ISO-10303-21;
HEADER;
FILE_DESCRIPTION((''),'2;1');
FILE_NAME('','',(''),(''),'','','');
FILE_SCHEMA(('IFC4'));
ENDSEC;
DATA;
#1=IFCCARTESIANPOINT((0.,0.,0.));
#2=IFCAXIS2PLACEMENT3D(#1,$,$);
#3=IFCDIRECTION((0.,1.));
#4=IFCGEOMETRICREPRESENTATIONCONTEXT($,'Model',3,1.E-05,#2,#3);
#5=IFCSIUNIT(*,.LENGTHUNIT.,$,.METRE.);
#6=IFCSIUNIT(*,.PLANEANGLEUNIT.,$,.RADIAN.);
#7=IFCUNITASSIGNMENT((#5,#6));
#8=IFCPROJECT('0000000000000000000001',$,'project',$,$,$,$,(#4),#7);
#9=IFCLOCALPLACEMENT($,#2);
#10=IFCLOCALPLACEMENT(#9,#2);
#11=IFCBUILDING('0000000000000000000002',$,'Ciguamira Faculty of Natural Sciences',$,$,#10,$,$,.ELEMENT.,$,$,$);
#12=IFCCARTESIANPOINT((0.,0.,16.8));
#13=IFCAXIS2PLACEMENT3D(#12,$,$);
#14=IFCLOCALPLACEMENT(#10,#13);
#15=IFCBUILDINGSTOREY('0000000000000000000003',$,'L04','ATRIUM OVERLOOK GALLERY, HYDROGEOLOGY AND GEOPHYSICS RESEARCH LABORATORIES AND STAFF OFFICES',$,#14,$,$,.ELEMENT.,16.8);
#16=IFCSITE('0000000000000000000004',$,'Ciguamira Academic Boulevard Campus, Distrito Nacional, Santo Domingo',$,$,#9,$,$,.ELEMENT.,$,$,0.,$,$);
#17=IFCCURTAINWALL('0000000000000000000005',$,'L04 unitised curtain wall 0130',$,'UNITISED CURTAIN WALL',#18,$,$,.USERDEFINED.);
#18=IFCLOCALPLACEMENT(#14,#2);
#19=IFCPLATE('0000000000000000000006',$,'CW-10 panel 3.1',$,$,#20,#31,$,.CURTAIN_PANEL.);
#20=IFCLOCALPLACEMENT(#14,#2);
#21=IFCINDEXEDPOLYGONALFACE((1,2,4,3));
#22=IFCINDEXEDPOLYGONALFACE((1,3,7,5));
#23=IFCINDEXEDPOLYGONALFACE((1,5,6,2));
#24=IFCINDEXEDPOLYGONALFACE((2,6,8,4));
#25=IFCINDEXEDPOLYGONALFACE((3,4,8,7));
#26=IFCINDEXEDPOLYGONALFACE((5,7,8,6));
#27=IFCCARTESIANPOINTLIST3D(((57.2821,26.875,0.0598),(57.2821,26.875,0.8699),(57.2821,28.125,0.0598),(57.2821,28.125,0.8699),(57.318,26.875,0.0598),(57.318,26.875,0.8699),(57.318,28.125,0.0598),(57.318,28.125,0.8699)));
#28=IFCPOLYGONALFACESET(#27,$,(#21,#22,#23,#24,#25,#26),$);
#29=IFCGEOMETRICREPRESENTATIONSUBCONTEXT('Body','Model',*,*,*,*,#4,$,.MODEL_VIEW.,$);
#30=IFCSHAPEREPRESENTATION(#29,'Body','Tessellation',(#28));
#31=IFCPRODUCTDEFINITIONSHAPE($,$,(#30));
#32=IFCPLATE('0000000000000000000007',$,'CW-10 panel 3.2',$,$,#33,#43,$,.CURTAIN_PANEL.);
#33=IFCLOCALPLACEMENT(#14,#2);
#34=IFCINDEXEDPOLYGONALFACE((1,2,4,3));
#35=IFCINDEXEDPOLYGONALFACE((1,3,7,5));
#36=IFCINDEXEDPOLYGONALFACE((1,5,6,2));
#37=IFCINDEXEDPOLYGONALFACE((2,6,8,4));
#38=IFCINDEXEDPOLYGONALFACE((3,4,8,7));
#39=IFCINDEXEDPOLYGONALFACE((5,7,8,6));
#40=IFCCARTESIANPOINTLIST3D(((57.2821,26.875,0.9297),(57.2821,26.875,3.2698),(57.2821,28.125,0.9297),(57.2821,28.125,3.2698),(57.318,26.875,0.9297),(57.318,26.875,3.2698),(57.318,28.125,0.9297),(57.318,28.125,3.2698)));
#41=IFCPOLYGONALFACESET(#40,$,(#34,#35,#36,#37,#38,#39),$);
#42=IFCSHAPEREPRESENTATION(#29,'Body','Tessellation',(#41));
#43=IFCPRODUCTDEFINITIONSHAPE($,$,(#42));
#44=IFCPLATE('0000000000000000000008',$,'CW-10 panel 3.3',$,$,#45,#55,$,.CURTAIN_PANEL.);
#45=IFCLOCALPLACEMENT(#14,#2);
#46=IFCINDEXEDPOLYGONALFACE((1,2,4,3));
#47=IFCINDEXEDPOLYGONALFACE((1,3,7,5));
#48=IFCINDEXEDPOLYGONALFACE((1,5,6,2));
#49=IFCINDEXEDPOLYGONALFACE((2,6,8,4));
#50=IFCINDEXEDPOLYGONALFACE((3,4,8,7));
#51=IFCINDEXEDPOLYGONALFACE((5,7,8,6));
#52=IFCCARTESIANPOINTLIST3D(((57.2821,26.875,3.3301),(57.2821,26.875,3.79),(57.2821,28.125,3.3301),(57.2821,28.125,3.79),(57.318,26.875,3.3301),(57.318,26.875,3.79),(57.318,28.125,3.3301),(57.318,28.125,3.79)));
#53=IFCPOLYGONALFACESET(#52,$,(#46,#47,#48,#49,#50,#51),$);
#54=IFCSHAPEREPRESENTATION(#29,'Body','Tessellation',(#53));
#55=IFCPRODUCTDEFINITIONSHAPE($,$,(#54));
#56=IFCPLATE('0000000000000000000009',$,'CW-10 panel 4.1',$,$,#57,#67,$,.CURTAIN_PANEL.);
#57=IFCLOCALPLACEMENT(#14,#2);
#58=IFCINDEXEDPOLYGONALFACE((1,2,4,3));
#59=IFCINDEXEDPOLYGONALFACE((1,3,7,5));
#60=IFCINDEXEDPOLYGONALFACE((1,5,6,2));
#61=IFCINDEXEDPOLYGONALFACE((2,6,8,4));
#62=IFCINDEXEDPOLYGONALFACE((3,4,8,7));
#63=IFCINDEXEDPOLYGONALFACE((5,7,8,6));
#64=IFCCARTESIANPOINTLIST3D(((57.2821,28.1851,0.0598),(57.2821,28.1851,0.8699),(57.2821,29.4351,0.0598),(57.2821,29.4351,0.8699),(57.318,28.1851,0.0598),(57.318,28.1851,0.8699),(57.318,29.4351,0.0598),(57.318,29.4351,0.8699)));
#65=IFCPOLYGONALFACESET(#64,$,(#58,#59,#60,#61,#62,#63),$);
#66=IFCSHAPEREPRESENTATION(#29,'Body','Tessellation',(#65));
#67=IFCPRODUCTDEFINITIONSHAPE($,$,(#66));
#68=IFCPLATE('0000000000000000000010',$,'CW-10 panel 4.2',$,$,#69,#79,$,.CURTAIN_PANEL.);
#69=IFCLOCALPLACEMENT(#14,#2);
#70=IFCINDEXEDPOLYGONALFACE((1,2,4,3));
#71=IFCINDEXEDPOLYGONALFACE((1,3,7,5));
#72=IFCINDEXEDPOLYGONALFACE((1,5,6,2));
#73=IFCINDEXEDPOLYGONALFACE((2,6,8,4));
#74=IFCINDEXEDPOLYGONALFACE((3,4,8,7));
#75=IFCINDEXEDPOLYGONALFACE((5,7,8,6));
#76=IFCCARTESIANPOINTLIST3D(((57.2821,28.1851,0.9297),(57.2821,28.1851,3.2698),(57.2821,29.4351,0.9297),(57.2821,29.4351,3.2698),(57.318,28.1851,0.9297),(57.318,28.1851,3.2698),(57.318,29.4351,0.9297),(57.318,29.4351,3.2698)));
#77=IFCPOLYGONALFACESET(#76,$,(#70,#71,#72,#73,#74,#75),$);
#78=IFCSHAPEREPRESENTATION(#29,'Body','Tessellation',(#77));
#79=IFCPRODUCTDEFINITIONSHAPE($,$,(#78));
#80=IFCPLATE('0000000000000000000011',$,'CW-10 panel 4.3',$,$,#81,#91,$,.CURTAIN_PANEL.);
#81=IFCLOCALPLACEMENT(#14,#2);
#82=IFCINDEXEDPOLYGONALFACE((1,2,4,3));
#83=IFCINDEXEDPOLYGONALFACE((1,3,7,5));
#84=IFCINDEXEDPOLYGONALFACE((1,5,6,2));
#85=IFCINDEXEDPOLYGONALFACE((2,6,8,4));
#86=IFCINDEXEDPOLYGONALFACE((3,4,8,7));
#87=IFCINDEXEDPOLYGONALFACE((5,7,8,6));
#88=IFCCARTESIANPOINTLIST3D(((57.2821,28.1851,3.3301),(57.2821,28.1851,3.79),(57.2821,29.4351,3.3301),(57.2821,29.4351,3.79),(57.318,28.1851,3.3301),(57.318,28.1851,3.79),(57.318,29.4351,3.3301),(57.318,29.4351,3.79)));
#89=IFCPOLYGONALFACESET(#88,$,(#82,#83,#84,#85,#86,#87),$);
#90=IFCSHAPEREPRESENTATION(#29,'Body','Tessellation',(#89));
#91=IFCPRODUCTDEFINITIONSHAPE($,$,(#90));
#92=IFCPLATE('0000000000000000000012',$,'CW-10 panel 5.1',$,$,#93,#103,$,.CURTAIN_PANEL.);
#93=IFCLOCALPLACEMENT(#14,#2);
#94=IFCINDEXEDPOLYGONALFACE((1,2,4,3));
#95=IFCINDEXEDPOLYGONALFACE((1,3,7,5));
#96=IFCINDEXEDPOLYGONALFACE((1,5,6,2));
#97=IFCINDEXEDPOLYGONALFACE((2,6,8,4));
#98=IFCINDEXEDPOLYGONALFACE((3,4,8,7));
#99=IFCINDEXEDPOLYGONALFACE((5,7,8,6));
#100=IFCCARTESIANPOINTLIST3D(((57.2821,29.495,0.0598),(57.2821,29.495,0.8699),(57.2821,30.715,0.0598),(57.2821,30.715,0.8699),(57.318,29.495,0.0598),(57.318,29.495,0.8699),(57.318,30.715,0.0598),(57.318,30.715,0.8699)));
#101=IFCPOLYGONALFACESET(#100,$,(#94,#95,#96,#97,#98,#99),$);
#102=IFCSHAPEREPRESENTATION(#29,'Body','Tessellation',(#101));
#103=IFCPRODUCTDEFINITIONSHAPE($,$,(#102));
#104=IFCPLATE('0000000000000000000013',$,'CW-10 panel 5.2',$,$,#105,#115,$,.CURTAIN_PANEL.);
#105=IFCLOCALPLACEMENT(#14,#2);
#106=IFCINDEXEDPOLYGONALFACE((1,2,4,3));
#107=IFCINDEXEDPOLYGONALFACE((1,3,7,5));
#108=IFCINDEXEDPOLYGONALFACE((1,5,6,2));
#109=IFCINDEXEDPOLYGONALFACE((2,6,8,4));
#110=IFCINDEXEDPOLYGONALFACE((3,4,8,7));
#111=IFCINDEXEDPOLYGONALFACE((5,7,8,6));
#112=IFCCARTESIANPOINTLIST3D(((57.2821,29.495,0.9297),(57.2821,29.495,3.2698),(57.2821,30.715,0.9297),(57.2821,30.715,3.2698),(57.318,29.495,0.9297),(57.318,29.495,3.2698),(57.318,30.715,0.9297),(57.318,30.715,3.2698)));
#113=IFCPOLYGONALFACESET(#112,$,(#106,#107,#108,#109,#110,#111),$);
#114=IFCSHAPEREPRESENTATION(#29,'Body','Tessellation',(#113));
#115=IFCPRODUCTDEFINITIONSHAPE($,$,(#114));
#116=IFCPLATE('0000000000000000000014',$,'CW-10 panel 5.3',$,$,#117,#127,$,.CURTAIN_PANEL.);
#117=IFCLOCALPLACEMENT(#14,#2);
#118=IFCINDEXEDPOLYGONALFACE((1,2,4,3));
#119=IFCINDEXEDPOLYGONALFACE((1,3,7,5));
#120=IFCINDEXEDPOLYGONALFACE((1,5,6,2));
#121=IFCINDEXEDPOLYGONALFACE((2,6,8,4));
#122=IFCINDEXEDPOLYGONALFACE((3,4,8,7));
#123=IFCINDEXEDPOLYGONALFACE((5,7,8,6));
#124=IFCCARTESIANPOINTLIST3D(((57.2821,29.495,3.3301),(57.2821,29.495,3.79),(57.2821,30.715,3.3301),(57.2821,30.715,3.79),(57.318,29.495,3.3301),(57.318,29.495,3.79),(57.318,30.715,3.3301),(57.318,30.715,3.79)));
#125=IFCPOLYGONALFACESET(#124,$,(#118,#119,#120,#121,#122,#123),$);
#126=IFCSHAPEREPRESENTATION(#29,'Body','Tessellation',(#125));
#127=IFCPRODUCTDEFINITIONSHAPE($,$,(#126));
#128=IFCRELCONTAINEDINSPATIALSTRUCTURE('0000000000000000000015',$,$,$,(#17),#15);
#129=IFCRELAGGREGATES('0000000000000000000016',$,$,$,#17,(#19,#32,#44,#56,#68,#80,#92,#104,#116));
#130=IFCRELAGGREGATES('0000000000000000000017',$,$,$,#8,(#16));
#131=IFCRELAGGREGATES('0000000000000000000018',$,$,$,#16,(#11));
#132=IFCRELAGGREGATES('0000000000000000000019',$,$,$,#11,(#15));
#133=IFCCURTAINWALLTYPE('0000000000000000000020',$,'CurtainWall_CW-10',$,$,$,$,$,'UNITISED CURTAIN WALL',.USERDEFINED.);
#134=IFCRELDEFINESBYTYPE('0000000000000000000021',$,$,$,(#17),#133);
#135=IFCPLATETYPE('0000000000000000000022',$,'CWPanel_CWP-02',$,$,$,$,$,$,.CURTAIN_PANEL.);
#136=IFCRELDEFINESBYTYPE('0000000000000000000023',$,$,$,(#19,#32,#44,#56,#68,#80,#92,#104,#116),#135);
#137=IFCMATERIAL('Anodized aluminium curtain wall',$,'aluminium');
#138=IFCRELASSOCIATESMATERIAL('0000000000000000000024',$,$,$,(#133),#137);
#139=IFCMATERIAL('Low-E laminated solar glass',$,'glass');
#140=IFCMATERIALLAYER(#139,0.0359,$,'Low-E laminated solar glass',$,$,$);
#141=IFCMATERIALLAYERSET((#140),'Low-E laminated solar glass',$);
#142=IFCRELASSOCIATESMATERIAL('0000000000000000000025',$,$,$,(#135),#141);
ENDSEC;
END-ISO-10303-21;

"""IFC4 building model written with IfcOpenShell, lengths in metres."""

from ifc_helpers import new_model, si_unit, direction, frame, origin, origin_2d, place, context, subcontext, project, spatial, rectangle, extrude, material, layer, layer_set, type_object, element, aggregate, save


model = new_model("IFC4")

# Units and contexts
model_context = context("Model", 3, precision=1e-05, world=origin(), true_north=direction((0.0, 1.0)))
body_context = subcontext(model_context, "Body", "Model", "MODEL_VIEW")
ifc_project = project(units=[si_unit("LENGTHUNIT", "METRE"), si_unit("PLANEANGLEUNIT", "RADIAN")], contexts=[model_context])

# Site, building, storey
site_placement = place(None, origin())
site = spatial("IfcSite", under=ifc_project, at=site_placement, Name="Ciguamira Academic Boulevard Campus, Distrito Nacional, Santo Domingo", CompositionType="ELEMENT", RefElevation=0.0)
building_placement = place(site_placement, origin())
building = spatial("IfcBuilding", under=site, at=building_placement, Name="Ciguamira Faculty of Natural Sciences", CompositionType="ELEMENT")
storey_placement = place(building_placement, frame((0.0, 0.0, 16.8)))
storey = spatial("IfcBuildingStorey", under=building, at=storey_placement, Name="L04", Description="ATRIUM OVERLOOK GALLERY, HYDROGEOLOGY AND GEOPHYSICS RESEARCH LABORATORIES AND STAFF OFFICES", CompositionType="ELEMENT", Elevation=16.8)

# Curtain wall, plates
ifc_material_1 = material(Name="Anodized aluminium curtain wall", Category="aluminium")
curtain_wall_type = type_object("IfcCurtainWallType", Name="CurtainWall_CW-10", ElementType="UNITISED CURTAIN WALL", PredefinedType="USERDEFINED", material=ifc_material_1)
curtain_wall_placement = place(storey_placement, origin())
curtain_wall = element("IfcCurtainWall", 1, at=curtain_wall_placement, inside=storey, type_object=curtain_wall_type, Name="L04 unitised curtain wall 0130", ObjectType="UNITISED CURTAIN WALL", PredefinedType="USERDEFINED")
ifc_material_2 = material(Name="Low-E laminated solar glass", Category="glass")
ifc_layer = layer(ifc_material_2, 0.0359, Name="Low-E laminated solar glass")
ifc_layer_set = layer_set([ifc_layer], Name="Low-E laminated solar glass")
plate_type = type_object("IfcPlateType", Name="CWPanel_CWP-02", PredefinedType="CURTAIN_PANEL", material=ifc_layer_set)
plate_1_placement = place(storey_placement, frame((57.3, 27.5, 0.0598), z_axis=(0.0, 0.0, 1.0), x_axis=(0.0, 1.0, 0.0)))
plate_1 = element("IfcPlate", 2, at=plate_1_placement, type_object=plate_type, Name="CW-10 panel 3.1", PredefinedType="CURTAIN_PANEL", context=body_context, shape_type="SweptSolid", body=[
    extrude(rectangle(XDim=1.25, YDim=0.0359, at=origin_2d()), origin(), (0.0, 0.0, 1.0), 0.8101),
])
plate_2_placement = place(storey_placement, frame((57.3, 27.5, 0.9297), z_axis=(0.0, 0.0, 1.0), x_axis=(0.0, 1.0, 0.0)))
plate_2 = element("IfcPlate", 3, at=plate_2_placement, type_object=plate_type, Name="CW-10 panel 3.2", PredefinedType="CURTAIN_PANEL", context=body_context, shape_type="SweptSolid", body=[
    extrude(rectangle(XDim=1.25, YDim=0.0359, at=origin_2d()), origin(), (0.0, 0.0, 1.0), 2.3401),
])
plate_3_placement = place(storey_placement, frame((57.3, 27.5, 3.3301), z_axis=(0.0, 0.0, 1.0), x_axis=(0.0, 1.0, 0.0)))
plate_3 = element("IfcPlate", 4, at=plate_3_placement, type_object=plate_type, Name="CW-10 panel 3.3", PredefinedType="CURTAIN_PANEL", context=body_context, shape_type="SweptSolid", body=[
    extrude(rectangle(XDim=1.25, YDim=0.0359, at=origin_2d()), origin(), (0.0, 0.0, 1.0), 0.46),
])
plate_4_placement = place(storey_placement, frame((57.3, 28.8101, 0.0598), z_axis=(0.0, 0.0, 1.0), x_axis=(0.0, 1.0, 0.0)))
plate_4 = element("IfcPlate", 5, at=plate_4_placement, type_object=plate_type, Name="CW-10 panel 4.1", PredefinedType="CURTAIN_PANEL", context=body_context, shape_type="SweptSolid", body=[
    extrude(rectangle(XDim=1.25, YDim=0.0359, at=origin_2d()), origin(), (0.0, 0.0, 1.0), 0.8101),
])
plate_5_placement = place(storey_placement, frame((57.3, 28.8101, 0.9297), z_axis=(0.0, 0.0, 1.0), x_axis=(0.0, 1.0, 0.0)))
plate_5 = element("IfcPlate", 6, at=plate_5_placement, type_object=plate_type, Name="CW-10 panel 4.2", PredefinedType="CURTAIN_PANEL", context=body_context, shape_type="SweptSolid", body=[
    extrude(rectangle(XDim=1.25, YDim=0.0359, at=origin_2d()), origin(), (0.0, 0.0, 1.0), 2.3401),
])
plate_6_placement = place(storey_placement, frame((57.3, 28.8101, 3.3301), z_axis=(0.0, 0.0, 1.0), x_axis=(0.0, 1.0, 0.0)))
plate_6 = element("IfcPlate", 7, at=plate_6_placement, type_object=plate_type, Name="CW-10 panel 4.3", PredefinedType="CURTAIN_PANEL", context=body_context, shape_type="SweptSolid", body=[
    extrude(rectangle(XDim=1.25, YDim=0.0359, at=origin_2d()), origin(), (0.0, 0.0, 1.0), 0.46),
])
plate_7_placement = place(storey_placement, frame((57.3, 30.105, 0.0598), z_axis=(0.0, 0.0, 1.0), x_axis=(0.0, 1.0, 0.0)))
plate_7 = element("IfcPlate", 8, at=plate_7_placement, type_object=plate_type, Name="CW-10 panel 5.1", PredefinedType="CURTAIN_PANEL", context=body_context, shape_type="SweptSolid", body=[
    extrude(rectangle(XDim=1.22, YDim=0.0359, at=origin_2d()), origin(), (0.0, 0.0, 1.0), 0.8101),
])
plate_8_placement = place(storey_placement, frame((57.3, 30.105, 0.9297), z_axis=(0.0, 0.0, 1.0), x_axis=(0.0, 1.0, 0.0)))
plate_8 = element("IfcPlate", 9, at=plate_8_placement, type_object=plate_type, Name="CW-10 panel 5.2", PredefinedType="CURTAIN_PANEL", context=body_context, shape_type="SweptSolid", body=[
    extrude(rectangle(XDim=1.22, YDim=0.0359, at=origin_2d()), origin(), (0.0, 0.0, 1.0), 2.3401),
])
plate_9_placement = place(storey_placement, frame((57.3, 30.105, 3.3301), z_axis=(0.0, 0.0, 1.0), x_axis=(0.0, 1.0, 0.0)))
plate_9 = element("IfcPlate", 10, at=plate_9_placement, type_object=plate_type, Name="CW-10 panel 5.3", PredefinedType="CURTAIN_PANEL", context=body_context, shape_type="SweptSolid", body=[
    extrude(rectangle(XDim=1.22, YDim=0.0359, at=origin_2d()), origin(), (0.0, 0.0, 1.0), 0.46),
])
aggregate(curtain_wall, [plate_1, plate_2, plate_3, plate_4, plate_5, plate_6, plate_7, plate_8, plate_9])

save(model, "model.ifc")
